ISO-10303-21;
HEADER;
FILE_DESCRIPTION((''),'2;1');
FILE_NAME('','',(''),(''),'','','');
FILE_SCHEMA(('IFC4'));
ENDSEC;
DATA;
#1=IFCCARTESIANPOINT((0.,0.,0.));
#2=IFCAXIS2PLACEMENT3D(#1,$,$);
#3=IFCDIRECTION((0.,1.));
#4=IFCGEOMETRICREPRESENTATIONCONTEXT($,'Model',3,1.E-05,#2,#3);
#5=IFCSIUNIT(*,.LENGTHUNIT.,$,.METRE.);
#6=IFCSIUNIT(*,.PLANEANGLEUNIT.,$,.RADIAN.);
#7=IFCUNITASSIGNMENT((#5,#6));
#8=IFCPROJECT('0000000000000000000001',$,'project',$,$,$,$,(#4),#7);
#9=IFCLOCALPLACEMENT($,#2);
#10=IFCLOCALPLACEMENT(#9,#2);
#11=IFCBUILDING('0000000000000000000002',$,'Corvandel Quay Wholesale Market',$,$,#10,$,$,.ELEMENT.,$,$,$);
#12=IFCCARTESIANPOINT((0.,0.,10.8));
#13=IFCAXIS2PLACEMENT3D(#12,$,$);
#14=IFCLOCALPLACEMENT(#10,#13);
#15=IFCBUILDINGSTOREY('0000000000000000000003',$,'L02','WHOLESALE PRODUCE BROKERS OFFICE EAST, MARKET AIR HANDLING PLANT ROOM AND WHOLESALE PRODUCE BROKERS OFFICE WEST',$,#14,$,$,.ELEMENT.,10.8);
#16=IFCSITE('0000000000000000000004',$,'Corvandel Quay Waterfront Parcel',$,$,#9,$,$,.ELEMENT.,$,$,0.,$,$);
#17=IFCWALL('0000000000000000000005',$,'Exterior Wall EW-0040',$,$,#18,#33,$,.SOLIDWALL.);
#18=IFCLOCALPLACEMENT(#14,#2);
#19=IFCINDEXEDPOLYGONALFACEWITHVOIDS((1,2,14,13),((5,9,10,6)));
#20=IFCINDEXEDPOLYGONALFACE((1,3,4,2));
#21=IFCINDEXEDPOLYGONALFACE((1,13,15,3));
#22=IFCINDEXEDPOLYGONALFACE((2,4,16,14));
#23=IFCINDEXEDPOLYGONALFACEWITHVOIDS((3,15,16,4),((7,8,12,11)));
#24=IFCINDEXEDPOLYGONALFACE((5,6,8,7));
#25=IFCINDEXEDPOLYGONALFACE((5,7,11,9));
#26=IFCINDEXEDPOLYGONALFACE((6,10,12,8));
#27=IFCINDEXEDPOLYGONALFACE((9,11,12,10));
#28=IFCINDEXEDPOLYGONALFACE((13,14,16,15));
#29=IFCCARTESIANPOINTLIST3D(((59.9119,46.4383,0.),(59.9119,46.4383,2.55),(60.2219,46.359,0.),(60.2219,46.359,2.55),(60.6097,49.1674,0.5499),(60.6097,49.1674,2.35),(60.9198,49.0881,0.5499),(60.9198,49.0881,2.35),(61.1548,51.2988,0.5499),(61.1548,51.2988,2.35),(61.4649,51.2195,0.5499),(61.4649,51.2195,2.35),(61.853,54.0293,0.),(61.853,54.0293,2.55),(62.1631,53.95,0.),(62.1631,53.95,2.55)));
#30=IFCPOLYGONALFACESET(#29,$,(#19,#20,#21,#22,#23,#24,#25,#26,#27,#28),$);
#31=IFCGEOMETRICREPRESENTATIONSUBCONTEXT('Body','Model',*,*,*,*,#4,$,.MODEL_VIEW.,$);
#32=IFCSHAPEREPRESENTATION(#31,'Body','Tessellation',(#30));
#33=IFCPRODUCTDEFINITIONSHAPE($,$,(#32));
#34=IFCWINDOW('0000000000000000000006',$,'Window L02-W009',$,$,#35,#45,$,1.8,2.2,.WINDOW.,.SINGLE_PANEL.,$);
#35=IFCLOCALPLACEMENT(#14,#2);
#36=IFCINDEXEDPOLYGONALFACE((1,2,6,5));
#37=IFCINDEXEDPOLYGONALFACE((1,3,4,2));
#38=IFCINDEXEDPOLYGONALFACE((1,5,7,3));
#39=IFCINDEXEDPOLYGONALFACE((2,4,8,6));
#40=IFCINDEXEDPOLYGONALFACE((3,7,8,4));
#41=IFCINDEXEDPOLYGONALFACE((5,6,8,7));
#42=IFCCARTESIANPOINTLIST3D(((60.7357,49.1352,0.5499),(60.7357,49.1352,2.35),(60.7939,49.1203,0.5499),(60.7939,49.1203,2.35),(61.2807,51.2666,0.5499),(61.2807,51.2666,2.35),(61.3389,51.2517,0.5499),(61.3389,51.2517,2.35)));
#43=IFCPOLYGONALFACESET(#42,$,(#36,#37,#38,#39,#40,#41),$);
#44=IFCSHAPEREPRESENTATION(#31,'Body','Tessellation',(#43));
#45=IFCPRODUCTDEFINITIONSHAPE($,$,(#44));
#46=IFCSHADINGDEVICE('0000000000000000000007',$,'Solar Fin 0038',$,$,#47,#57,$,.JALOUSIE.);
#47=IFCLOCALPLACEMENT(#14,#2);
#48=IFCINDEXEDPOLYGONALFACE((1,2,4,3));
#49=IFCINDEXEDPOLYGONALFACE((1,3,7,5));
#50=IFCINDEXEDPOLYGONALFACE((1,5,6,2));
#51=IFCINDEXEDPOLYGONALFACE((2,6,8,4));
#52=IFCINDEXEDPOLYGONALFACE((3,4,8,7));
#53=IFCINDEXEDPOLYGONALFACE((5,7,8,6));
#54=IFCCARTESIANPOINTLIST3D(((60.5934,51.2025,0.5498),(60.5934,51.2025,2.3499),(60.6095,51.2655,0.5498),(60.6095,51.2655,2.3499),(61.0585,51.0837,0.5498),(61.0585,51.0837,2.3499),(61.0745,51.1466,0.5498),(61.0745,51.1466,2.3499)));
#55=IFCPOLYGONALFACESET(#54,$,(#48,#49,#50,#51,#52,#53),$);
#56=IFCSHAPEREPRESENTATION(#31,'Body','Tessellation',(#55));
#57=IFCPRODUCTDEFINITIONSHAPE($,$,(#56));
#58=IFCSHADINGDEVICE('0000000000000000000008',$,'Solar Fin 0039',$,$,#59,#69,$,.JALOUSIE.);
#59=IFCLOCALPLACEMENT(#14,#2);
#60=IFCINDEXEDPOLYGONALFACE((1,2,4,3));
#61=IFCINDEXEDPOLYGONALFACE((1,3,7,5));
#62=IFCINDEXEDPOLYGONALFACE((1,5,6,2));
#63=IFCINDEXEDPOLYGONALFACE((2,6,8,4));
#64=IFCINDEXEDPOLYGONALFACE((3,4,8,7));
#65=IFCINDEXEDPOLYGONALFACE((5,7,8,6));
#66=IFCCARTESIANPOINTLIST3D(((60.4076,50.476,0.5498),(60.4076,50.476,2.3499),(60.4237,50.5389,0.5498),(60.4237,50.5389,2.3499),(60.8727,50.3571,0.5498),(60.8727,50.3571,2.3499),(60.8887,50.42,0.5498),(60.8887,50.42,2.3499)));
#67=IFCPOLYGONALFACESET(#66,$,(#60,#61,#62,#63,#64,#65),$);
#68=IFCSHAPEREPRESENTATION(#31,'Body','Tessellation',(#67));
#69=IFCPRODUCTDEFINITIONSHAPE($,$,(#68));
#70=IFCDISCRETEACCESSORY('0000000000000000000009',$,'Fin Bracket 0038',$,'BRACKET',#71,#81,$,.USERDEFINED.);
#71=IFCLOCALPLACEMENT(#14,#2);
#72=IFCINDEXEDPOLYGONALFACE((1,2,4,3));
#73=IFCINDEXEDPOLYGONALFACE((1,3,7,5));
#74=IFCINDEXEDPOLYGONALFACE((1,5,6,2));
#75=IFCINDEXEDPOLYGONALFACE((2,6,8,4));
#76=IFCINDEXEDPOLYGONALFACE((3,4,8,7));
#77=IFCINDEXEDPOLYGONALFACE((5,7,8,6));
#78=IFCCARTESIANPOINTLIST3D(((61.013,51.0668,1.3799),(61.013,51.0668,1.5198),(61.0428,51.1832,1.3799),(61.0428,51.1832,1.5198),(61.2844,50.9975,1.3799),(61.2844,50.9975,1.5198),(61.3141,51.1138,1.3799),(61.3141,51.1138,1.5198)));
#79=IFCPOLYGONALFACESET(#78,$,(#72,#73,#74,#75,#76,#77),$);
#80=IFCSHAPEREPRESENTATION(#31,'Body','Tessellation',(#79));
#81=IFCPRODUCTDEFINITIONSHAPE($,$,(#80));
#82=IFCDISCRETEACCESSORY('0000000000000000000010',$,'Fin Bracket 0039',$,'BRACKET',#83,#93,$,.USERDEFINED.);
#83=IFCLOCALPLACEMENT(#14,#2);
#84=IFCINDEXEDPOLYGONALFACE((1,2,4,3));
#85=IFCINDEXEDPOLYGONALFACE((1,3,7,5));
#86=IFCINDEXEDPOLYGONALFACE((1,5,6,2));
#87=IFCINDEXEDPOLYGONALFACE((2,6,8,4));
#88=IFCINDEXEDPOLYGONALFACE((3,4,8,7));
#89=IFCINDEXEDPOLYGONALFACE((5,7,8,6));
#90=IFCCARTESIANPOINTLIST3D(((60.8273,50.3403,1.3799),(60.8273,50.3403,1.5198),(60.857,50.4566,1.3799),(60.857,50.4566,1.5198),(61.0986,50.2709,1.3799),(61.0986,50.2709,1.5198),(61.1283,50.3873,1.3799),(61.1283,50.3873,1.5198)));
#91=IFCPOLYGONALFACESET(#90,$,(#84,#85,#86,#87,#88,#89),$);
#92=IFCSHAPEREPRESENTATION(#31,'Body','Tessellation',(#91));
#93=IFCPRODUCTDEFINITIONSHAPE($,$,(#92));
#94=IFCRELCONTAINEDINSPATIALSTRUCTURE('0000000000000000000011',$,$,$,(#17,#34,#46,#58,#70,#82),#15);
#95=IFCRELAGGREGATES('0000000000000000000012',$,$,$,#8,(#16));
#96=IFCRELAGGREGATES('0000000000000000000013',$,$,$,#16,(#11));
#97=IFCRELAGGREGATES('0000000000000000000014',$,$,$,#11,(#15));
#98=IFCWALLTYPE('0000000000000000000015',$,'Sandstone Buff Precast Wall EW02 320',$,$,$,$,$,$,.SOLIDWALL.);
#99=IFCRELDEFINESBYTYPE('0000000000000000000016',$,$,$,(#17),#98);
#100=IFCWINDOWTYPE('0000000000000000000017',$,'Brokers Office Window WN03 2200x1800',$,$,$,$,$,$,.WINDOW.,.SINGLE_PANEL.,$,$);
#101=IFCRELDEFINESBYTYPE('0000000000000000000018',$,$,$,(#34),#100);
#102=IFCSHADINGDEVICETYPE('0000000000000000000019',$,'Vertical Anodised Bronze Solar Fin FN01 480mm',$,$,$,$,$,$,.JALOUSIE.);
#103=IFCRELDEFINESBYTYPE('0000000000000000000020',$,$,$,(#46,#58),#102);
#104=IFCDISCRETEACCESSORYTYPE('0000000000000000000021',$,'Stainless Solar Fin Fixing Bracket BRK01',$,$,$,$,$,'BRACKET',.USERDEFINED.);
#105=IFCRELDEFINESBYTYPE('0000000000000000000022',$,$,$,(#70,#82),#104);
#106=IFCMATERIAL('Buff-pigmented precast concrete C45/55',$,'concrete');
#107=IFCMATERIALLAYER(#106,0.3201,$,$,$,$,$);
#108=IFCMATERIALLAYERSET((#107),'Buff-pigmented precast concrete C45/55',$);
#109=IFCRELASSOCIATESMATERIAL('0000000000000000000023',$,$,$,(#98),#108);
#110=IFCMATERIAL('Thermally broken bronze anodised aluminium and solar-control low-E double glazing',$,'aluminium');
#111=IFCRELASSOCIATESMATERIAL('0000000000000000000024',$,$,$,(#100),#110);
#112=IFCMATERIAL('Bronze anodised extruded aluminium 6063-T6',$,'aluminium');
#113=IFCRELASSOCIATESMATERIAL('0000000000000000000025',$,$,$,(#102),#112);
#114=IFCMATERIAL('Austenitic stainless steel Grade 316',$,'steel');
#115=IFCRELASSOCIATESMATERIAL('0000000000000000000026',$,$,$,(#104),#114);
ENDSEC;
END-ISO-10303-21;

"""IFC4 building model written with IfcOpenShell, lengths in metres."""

from ifc_helpers import new_model, si_unit, direction, frame, frame_2d, origin, origin_2d, place, context, subcontext, project, spatial, rectangle, extrude, material, layer, layer_set, type_object, element, fill, save


model = new_model("IFC4")

# Units and contexts
model_context = context("Model", 3, precision=1e-05, world=origin(), true_north=direction((0.0, 1.0)))
body_context = subcontext(model_context, "Body", "Model", "MODEL_VIEW")
ifc_project = project(units=[si_unit("LENGTHUNIT", "METRE"), si_unit("PLANEANGLEUNIT", "RADIAN")], contexts=[model_context])

# Site, building, storey
site_placement = place(None, origin())
site = spatial("IfcSite", under=ifc_project, at=site_placement, Name="Corvandel Quay Waterfront Parcel", CompositionType="ELEMENT", RefElevation=0.0)
building_placement = place(site_placement, origin())
building = spatial("IfcBuilding", under=site, at=building_placement, Name="Corvandel Quay Wholesale Market", CompositionType="ELEMENT")
storey_placement = place(building_placement, frame((0.0, 0.0, 10.8)))
storey = spatial("IfcBuildingStorey", under=building, at=storey_placement, Name="L02", Description="WHOLESALE PRODUCE BROKERS OFFICE EAST, MARKET AIR HANDLING PLANT ROOM AND WHOLESALE PRODUCE BROKERS OFFICE WEST", CompositionType="ELEMENT", Elevation=10.8)

# Wall, opening, window
ifc_material_1 = material(Name="Buff-pigmented precast concrete C45/55", Category="concrete")
ifc_layer_1 = layer(ifc_material_1, 0.3201)
ifc_layer_set_1 = layer_set([ifc_layer_1], Name="Buff-pigmented precast concrete C45/55")
wall_type_1 = type_object("IfcWallType", Name="Sandstone Buff Precast Wall EW02 320", PredefinedType="SOLIDWALL", material=ifc_layer_set_1)
ifc_material_2 = material(Name="Thermally broken bronze anodised aluminium and solar-control low-E double glazing", Category="aluminium")
wall_1_placement = place(storey_placement, frame((62.0081, 53.9895, 0.0), z_axis=(0.0, 0.0, 1.0), x_axis=(-0.247752, -0.968823, 0.0)))
wall_1 = element("IfcWall", 1, at=wall_1_placement, inside=storey, type_object=wall_type_1, Name="Exterior Wall EW-0040", PredefinedType="SOLIDWALL", context=body_context, shape_type="SweptSolid", body=[
    extrude(rectangle(XDim=7.8352, YDim=0.3201, at=frame_2d((3.9175, 0.0))), origin(), (0.0, 0.0, 1.0), 2.55),
])
opening_1_placement = place(wall_1_placement, frame((2.8181, 0.0, 0.55)))
opening_1 = element("IfcOpeningElement", 2, at=opening_1_placement, cuts=wall_1, PredefinedType="OPENING", context=body_context, shape_type="SweptSolid", body=[
    extrude(rectangle(XDim=2.2, YDim=1.8, at=frame_2d((1.1001, 0.8999))), frame((0.0, 0.1699, 0.0), z_axis=(0.0, -1.0, 0.0), x_axis=(1.0, 0.0, 0.0)), (0.0, 0.0, 1.0), 0.3401),
])
window_type_1 = type_object("IfcWindowType", Name="Brokers Office Window WN03 2200x1800", PartitioningType="SINGLE_PANEL", PredefinedType="WINDOW", material=ifc_material_2)
window_1_placement = place(opening_1_placement, origin())
window_1 = element("IfcWindow", 3, at=window_1_placement, inside=storey, type_object=window_type_1, Name="Window L02-W009", OverallHeight=1.8, OverallWidth=2.2, PartitioningType="SINGLE_PANEL", PredefinedType="WINDOW", context=body_context, shape_type="SweptSolid", body=[
    extrude(rectangle(XDim=2.2, YDim=1.8, at=frame_2d((1.1001, 0.8999))), frame((0.0, 0.03, 0.0), z_axis=(0.0, -1.0, 0.0), x_axis=(1.0, 0.0, 0.0)), (0.0, 0.0, 1.0), 0.0601),
])
fill(opening_1, window_1)

# Shading devices
ifc_material_3 = material(Name="Bronze anodised extruded aluminium 6063-T6", Category="aluminium")
shading_device_type = type_object("IfcShadingDeviceType", Name="Vertical Anodised Bronze Solar Fin FN01 480mm", PredefinedType="JALOUSIE", material=ifc_material_3)
for number, where, z_axis, x_axis, name in (
    (4, (60.834, 51.1746, 0.5498), (0.0, 0.0, 1.0), (-0.968843, 0.247675, 0.0), "Solar Fin 0038"),
    (5, (60.6482, 50.448, 0.5498), (0.0, 0.0, 1.0), (-0.968843, 0.247675, 0.0), "Solar Fin 0039"),
):
    element("IfcShadingDevice", number, at=place(storey_placement, frame(where, z_axis=z_axis, x_axis=x_axis)), inside=storey, type_object=shading_device_type, Name=name, PredefinedType="JALOUSIE", context=body_context, shape_type="SweptSolid", body=[
        extrude(rectangle(XDim=0.48, YDim=0.0649, at=origin_2d()), origin(), (0.0, 0.0, 1.0), 1.8),
    ])

# Discrete accessories
ifc_material_4 = material(Name="Austenitic stainless steel Grade 316", Category="steel")
discrete_accessory_type = type_object("IfcDiscreteAccessoryType", Name="Stainless Solar Fin Fixing Bracket BRK01", ElementType="BRACKET", PredefinedType="USERDEFINED", material=ifc_material_4)
for number, where, z_axis, x_axis, name in (
    (6, (61.1636, 51.0903, 1.3799), (0.0, 0.0, 1.0), (-0.968843, 0.247675, 0.0), "Fin Bracket 0038"),
    (7, (60.9778, 50.3638, 1.3799), (0.0, 0.0, 1.0), (-0.968843, 0.247675, 0.0), "Fin Bracket 0039"),
):
    element("IfcDiscreteAccessory", number, at=place(storey_placement, frame(where, z_axis=z_axis, x_axis=x_axis)), inside=storey, type_object=discrete_accessory_type, Name=name, ObjectType="BRACKET", PredefinedType="USERDEFINED", context=body_context, shape_type="SweptSolid", body=[
        extrude(rectangle(XDim=0.28, YDim=0.1201, at=origin_2d()), origin(), (0.0, 0.0, 1.0), 0.1399),
    ])

save(model, "model.ifc")
